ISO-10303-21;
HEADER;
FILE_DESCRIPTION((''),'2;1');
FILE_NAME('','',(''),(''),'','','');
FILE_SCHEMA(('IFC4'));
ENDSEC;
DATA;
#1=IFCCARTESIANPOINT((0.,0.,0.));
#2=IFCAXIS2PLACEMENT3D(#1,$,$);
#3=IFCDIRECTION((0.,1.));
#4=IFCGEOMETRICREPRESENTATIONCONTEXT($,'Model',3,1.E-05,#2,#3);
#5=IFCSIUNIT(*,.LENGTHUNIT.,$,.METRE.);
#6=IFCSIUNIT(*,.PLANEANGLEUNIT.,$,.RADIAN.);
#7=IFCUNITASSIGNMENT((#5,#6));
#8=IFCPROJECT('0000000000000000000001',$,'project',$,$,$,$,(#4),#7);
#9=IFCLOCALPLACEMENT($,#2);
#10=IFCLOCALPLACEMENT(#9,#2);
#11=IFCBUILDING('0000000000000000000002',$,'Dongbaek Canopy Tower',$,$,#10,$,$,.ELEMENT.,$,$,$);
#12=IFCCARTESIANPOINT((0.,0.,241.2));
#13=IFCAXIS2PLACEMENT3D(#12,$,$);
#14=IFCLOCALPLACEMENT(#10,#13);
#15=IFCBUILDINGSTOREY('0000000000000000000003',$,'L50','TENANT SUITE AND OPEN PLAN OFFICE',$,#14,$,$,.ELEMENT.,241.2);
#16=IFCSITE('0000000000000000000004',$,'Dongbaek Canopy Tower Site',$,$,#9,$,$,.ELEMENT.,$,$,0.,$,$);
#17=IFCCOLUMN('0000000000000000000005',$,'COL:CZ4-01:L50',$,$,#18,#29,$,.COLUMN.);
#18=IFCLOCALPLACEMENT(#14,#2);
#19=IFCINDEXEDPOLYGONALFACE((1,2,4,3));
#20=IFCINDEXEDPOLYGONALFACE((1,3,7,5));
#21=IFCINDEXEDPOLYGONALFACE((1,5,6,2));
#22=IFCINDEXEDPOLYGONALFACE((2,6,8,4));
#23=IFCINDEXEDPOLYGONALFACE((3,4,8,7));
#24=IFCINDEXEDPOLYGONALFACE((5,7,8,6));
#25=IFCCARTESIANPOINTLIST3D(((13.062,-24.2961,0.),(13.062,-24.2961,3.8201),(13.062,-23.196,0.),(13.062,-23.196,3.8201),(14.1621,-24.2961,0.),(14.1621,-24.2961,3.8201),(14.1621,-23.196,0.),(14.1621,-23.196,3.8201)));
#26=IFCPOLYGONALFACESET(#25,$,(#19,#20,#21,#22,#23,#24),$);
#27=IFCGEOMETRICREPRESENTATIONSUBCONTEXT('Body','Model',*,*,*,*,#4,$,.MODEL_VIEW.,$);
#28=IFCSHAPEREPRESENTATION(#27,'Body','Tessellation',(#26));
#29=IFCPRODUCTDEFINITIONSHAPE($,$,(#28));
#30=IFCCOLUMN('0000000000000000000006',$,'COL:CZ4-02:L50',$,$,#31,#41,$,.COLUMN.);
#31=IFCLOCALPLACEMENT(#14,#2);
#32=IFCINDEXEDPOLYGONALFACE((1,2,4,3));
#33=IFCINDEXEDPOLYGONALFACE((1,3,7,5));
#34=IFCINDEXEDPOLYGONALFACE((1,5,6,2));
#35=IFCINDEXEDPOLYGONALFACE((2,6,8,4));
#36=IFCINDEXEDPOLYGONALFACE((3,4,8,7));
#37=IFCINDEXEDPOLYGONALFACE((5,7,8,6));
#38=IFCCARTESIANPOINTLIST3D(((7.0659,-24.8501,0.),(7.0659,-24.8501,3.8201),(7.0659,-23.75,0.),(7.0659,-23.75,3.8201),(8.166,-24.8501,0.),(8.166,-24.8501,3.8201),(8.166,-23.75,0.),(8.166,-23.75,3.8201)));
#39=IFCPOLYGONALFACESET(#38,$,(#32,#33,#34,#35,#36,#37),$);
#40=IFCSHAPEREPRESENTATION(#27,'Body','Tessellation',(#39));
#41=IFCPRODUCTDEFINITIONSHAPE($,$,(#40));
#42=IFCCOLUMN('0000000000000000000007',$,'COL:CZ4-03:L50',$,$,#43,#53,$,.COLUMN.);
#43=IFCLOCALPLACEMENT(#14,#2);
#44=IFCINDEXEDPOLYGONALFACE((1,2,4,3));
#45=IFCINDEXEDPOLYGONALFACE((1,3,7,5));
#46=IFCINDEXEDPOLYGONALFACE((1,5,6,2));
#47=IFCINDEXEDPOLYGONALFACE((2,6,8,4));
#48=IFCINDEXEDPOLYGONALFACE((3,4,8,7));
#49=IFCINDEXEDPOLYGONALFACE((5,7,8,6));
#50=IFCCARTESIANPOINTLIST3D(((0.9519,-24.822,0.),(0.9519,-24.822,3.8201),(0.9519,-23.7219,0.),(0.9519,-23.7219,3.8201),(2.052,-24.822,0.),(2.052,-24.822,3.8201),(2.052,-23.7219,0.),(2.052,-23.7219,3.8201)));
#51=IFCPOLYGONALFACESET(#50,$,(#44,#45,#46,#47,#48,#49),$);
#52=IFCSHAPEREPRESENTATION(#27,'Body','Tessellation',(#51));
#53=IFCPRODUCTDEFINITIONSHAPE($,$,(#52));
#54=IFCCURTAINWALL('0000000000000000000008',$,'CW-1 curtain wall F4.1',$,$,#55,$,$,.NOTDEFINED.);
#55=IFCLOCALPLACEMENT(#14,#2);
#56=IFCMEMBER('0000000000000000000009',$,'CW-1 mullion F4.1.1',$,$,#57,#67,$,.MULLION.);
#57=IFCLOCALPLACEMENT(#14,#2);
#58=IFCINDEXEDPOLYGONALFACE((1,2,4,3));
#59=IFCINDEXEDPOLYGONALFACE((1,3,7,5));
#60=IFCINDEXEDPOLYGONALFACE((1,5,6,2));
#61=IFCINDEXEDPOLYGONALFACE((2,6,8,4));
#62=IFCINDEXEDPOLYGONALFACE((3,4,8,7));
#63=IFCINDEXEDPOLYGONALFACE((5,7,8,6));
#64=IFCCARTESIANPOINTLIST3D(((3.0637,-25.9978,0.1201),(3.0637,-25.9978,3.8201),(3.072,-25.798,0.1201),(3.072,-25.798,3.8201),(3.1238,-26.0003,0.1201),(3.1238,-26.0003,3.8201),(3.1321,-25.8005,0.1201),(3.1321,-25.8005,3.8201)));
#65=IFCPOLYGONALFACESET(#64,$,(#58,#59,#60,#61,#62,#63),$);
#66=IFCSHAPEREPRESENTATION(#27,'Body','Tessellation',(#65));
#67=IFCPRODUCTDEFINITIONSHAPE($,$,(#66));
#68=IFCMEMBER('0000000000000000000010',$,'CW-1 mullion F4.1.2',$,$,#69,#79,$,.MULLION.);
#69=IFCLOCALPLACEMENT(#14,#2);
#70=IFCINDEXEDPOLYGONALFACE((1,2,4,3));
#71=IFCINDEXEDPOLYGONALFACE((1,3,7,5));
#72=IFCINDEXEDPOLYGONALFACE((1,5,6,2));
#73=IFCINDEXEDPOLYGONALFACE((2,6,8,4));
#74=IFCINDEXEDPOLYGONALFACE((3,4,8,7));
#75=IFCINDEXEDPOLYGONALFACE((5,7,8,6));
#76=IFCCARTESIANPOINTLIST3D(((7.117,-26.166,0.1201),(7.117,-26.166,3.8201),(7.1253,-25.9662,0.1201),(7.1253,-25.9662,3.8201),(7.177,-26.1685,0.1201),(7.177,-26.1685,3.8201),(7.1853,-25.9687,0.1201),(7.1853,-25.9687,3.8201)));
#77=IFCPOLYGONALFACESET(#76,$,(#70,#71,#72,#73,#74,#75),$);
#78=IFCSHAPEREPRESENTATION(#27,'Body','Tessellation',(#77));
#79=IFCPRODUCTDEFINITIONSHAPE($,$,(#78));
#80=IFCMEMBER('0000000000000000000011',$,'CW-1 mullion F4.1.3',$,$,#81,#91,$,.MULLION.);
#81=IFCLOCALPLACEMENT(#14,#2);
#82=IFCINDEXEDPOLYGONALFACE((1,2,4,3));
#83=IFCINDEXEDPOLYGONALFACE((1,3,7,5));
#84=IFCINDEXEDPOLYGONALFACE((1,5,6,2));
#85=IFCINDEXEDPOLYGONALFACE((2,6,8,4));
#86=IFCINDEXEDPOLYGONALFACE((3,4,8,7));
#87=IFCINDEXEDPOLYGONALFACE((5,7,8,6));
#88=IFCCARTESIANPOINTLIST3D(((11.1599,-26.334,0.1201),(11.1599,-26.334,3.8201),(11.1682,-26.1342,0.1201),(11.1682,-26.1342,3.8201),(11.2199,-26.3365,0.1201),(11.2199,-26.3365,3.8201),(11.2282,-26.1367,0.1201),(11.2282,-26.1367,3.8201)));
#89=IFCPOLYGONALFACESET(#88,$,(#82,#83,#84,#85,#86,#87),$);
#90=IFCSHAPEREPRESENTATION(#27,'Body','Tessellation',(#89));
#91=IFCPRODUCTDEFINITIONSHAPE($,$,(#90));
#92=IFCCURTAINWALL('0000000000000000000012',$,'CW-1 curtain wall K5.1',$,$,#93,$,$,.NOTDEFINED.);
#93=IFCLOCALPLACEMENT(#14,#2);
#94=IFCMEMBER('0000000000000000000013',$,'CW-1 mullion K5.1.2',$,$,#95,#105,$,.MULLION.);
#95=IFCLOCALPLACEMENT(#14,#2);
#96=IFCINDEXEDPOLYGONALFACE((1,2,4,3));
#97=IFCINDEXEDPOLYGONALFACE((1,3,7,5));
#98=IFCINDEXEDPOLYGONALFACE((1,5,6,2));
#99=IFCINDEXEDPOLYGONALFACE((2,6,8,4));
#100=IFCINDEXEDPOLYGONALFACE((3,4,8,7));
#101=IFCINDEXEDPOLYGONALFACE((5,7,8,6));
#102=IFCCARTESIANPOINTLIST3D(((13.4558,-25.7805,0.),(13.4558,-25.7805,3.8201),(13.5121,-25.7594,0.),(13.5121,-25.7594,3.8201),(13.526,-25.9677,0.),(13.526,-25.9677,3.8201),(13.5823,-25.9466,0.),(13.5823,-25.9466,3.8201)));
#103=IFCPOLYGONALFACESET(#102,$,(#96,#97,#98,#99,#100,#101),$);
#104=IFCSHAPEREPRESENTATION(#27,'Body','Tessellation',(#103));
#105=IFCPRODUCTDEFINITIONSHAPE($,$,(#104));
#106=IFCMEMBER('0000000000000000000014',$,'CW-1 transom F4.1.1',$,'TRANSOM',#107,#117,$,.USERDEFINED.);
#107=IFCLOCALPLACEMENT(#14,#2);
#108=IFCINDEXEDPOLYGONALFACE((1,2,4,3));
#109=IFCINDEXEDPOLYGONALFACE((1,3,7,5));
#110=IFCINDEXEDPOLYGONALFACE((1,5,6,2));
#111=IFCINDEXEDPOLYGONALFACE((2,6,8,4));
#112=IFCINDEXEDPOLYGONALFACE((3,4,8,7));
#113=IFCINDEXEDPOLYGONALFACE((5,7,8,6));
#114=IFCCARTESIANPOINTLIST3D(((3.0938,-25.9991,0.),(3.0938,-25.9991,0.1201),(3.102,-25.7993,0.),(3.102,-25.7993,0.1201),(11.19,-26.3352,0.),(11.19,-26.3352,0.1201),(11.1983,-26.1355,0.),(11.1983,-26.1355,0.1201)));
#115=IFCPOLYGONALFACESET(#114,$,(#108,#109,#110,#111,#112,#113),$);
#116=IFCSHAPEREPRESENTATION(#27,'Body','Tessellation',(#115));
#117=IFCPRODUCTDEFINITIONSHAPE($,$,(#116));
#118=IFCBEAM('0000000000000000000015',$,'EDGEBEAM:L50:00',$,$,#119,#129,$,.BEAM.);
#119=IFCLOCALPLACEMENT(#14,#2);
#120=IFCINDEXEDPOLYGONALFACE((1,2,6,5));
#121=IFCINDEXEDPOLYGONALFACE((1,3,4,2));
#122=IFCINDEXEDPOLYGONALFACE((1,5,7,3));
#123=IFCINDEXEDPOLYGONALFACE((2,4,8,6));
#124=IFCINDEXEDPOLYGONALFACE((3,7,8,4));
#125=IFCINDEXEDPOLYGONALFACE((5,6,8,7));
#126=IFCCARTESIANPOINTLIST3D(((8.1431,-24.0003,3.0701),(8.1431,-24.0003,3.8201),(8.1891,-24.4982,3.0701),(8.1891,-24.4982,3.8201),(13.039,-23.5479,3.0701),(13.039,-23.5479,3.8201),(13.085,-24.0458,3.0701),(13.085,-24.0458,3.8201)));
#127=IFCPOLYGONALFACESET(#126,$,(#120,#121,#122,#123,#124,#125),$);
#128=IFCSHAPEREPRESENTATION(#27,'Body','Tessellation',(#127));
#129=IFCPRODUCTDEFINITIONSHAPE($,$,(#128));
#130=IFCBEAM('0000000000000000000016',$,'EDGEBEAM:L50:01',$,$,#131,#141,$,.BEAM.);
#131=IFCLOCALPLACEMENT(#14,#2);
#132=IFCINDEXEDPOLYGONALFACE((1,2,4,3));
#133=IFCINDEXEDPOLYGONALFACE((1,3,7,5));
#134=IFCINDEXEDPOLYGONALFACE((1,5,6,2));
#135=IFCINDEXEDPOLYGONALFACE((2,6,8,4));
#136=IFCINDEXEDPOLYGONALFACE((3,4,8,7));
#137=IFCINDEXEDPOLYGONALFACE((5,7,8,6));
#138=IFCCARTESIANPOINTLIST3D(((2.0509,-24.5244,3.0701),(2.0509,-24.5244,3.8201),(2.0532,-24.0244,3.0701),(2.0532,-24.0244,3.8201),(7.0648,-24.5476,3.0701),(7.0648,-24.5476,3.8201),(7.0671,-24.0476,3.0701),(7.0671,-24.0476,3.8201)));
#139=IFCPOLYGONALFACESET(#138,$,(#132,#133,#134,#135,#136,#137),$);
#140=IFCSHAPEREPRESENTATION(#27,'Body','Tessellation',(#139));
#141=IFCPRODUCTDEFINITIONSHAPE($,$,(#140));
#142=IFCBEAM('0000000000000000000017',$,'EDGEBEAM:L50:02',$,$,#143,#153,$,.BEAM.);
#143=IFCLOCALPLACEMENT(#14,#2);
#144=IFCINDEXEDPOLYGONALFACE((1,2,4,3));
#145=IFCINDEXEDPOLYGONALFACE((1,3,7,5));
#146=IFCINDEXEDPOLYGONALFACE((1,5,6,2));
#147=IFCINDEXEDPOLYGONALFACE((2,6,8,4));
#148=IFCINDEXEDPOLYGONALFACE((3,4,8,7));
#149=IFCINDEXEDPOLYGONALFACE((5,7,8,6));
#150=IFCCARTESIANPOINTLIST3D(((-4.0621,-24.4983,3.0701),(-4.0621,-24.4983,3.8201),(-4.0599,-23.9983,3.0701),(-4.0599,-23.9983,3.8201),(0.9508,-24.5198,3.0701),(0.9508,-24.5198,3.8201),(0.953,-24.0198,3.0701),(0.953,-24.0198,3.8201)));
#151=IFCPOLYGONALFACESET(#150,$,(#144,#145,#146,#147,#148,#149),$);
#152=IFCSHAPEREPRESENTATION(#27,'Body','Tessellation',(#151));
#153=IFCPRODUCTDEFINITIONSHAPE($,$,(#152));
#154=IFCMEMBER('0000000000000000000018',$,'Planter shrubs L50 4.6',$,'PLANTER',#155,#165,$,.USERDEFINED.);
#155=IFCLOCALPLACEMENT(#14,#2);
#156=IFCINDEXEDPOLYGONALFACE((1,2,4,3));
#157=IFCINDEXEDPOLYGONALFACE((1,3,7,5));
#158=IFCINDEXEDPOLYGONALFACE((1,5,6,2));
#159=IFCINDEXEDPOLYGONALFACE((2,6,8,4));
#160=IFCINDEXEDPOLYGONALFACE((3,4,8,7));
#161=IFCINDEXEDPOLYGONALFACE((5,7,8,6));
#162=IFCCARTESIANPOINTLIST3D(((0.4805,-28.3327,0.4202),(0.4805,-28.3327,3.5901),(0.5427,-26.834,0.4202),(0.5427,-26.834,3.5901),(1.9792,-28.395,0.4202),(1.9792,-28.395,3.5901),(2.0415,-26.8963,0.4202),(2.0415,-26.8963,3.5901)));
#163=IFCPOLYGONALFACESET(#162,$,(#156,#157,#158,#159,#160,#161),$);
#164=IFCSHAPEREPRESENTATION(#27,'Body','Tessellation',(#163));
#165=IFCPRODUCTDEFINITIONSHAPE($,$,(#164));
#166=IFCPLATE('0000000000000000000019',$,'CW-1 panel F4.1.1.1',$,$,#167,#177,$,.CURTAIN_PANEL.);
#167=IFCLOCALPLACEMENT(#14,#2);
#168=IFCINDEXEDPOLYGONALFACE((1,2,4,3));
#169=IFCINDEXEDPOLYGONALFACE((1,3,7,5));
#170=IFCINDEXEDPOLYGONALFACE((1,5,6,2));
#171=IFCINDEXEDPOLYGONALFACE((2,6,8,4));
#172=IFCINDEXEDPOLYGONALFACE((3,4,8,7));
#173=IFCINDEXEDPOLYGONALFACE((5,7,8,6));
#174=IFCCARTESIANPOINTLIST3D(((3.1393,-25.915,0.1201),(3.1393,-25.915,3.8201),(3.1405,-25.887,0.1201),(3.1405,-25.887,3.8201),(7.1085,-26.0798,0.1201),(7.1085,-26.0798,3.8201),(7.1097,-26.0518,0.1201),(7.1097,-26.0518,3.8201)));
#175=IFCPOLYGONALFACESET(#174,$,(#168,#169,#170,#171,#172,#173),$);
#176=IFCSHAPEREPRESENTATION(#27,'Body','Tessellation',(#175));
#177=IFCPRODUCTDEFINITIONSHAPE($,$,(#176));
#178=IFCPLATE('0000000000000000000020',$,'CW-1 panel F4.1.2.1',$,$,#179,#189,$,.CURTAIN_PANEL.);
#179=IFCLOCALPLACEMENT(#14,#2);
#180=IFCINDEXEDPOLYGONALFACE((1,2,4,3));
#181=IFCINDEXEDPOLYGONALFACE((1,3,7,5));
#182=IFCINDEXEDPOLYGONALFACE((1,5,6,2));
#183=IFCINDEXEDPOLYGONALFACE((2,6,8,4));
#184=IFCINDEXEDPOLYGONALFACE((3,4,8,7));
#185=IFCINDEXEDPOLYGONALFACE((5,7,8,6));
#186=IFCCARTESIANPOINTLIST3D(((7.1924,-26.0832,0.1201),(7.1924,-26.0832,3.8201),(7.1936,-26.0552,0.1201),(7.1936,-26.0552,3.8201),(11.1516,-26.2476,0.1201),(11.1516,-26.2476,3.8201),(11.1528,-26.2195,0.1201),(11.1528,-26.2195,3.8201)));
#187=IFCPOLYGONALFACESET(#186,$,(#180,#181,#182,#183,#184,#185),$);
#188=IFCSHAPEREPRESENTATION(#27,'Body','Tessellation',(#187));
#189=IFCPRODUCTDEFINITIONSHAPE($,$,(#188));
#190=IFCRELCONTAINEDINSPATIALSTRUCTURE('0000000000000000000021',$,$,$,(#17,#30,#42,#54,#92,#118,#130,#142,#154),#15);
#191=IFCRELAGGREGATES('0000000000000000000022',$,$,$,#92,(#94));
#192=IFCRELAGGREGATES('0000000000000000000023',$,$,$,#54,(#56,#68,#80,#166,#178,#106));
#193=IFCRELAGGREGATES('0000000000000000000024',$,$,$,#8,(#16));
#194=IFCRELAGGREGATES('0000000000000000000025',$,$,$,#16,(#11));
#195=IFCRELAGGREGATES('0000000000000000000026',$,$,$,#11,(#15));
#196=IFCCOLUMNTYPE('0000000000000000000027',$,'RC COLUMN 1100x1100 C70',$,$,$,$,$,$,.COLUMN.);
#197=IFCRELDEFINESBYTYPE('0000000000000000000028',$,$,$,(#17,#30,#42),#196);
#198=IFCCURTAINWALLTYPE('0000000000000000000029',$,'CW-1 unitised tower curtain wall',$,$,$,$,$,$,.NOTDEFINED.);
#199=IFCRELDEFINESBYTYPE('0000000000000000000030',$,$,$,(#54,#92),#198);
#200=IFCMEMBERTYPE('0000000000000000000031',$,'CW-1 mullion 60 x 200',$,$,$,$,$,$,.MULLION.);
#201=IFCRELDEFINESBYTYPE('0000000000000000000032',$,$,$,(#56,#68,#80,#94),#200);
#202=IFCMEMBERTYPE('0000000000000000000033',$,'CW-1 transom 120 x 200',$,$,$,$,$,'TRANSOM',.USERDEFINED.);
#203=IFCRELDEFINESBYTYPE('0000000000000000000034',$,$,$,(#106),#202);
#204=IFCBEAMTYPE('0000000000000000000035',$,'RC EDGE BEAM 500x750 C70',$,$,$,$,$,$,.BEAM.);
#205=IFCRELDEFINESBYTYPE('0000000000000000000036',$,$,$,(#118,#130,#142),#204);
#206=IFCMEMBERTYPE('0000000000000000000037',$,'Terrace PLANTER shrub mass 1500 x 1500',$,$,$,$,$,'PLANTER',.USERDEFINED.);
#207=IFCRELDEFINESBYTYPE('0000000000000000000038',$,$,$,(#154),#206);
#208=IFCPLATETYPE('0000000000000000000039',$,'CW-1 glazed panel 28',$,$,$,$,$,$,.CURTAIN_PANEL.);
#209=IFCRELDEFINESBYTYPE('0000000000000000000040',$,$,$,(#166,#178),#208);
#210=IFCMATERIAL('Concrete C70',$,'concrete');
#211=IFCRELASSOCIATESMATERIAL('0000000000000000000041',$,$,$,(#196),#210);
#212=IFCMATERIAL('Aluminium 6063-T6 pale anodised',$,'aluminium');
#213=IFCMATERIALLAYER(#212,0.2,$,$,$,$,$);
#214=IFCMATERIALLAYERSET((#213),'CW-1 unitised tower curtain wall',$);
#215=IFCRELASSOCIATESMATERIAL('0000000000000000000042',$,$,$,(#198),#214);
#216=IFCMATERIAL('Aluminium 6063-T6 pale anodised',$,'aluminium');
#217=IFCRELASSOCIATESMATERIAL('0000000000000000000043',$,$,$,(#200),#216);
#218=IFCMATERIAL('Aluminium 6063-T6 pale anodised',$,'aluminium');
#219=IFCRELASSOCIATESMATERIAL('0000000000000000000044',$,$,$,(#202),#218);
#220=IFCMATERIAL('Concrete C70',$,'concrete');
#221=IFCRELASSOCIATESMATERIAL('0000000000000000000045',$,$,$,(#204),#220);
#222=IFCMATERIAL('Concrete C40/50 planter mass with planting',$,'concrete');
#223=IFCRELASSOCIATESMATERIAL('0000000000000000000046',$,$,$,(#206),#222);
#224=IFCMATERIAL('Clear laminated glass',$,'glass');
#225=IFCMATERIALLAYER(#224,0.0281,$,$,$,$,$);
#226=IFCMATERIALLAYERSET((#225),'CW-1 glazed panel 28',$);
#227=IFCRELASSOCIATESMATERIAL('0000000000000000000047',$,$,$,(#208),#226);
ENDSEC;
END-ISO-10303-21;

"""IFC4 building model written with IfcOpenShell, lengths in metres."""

from ifc_helpers import new_model, si_unit, direction, frame, origin, origin_2d, place, context, subcontext, project, spatial, rectangle, extrude, material, layer, layer_set, material_profile, profile_set, type_object, element, aggregate, save


model = new_model("IFC4")

# Units and contexts
model_context = context("Model", 3, precision=1e-05, world=origin(), true_north=direction((0.0, 1.0)))
body_context = subcontext(model_context, "Body", "Model", "MODEL_VIEW")
ifc_project = project(units=[si_unit("LENGTHUNIT", "METRE"), si_unit("PLANEANGLEUNIT", "RADIAN")], contexts=[model_context])

# Site, building, storey
site_placement = place(None, origin())
site = spatial("IfcSite", under=ifc_project, at=site_placement, Name="Dongbaek Canopy Tower Site", CompositionType="ELEMENT", RefElevation=0.0)
building_placement = place(site_placement, origin())
building = spatial("IfcBuilding", under=site, at=building_placement, Name="Dongbaek Canopy Tower", CompositionType="ELEMENT")
storey_placement = place(building_placement, frame((0.0, 0.0, 241.2)))
storey = spatial("IfcBuildingStorey", under=building, at=storey_placement, Name="L50", Description="TENANT SUITE AND OPEN PLAN OFFICE", CompositionType="ELEMENT", Elevation=241.2)

# Columns
ifc_material_1 = material(Name="Concrete C70", Category="concrete")
ifc_material_profile_1 = material_profile(ifc_material_1, rectangle(XDim=1.1001, YDim=1.1001, at=origin_2d()), Name="RC COLUMN 1100x1100 C70")
ifc_profile_set_1 = profile_set([ifc_material_profile_1], Name="Concrete C70")
column_type = type_object("IfcColumnType", Name="RC COLUMN 1100x1100 C70", PredefinedType="COLUMN", material=ifc_profile_set_1)
for number, where, z_axis, x_axis, name in (
    (1, (13.6121, -23.7461, 0.0), (0.0, 0.0, 1.0), (1.0, 0.0, 0.0), "COL:CZ4-01:L50"),
    (2, (7.616, -24.3, 0.0), (0.0, 0.0, 1.0), (1.0, 0.0, 0.0), "COL:CZ4-02:L50"),
    (3, (1.502, -24.272, 0.0), (0.0, 0.0, 1.0), (1.0, 0.0, 0.0), "COL:CZ4-03:L50"),
):
    element("IfcColumn", number, at=place(storey_placement, frame(where, z_axis=z_axis, x_axis=x_axis)), inside=storey, type_object=column_type, Name=name, PredefinedType="COLUMN", context=body_context, shape_type="SweptSolid", body=[
        extrude(rectangle(XDim=1.1001, YDim=1.1001, at=origin_2d()), origin(), (0.0, 0.0, 1.0), 3.8201),
    ])

# Curtain wall, members
ifc_material_2 = material(Name="Aluminium 6063-T6 pale anodised", Category="aluminium")
ifc_layer_1 = layer(ifc_material_2, 0.2)
ifc_layer_set_1 = layer_set([ifc_layer_1], Name="CW-1 unitised tower curtain wall")
curtain_wall_type = type_object("IfcCurtainWallType", Name="CW-1 unitised tower curtain wall", PredefinedType="NOTDEFINED", material=ifc_layer_set_1)
curtain_wall_1_placement = place(storey_placement, origin())
curtain_wall_1 = element("IfcCurtainWall", 4, at=curtain_wall_1_placement, inside=storey, type_object=curtain_wall_type, Name="CW-1 curtain wall F4.1", PredefinedType="NOTDEFINED")
ifc_material_3 = material(Name="Aluminium 6063-T6 pale anodised", Category="aluminium")
ifc_material_profile_2 = material_profile(ifc_material_3, rectangle(XDim=0.2, YDim=0.0601, at=origin_2d()), Name="CW-1 mullion 60 x 200")
ifc_profile_set_2 = profile_set([ifc_material_profile_2], Name="Aluminium 6063-T6 pale anodised")
member_type_1 = type_object("IfcMemberType", Name="CW-1 mullion 60 x 200", PredefinedType="MULLION", material=ifc_profile_set_2)
member_1_placement = place(storey_placement, frame((3.0979, -25.8992, 0.1201), z_axis=(0.0, 0.0, 1.0), x_axis=(-0.041481, -0.999139, 0.0)))
member_1 = element("IfcMember", 5, at=member_1_placement, type_object=member_type_1, Name="CW-1 mullion F4.1.1", PredefinedType="MULLION", context=body_context, shape_type="SweptSolid", body=[
    extrude(rectangle(XDim=0.2, YDim=0.0601, at=origin_2d()), origin(), (0.0, 0.0, 1.0), 3.7),
])
member_2_placement = place(storey_placement, frame((7.1511, -26.0674, 0.1201), z_axis=(0.0, 0.0, 1.0), x_axis=(-0.041481, -0.999139, 0.0)))
member_2 = element("IfcMember", 6, at=member_2_placement, type_object=member_type_1, Name="CW-1 mullion F4.1.2", PredefinedType="MULLION", context=body_context, shape_type="SweptSolid", body=[
    extrude(rectangle(XDim=0.2, YDim=0.0601, at=origin_2d()), origin(), (0.0, 0.0, 1.0), 3.7),
])
member_3_placement = place(storey_placement, frame((11.1941, -26.2354, 0.1201), z_axis=(0.0, 0.0, 1.0), x_axis=(-0.041481, -0.999139, 0.0)))
member_3 = element("IfcMember", 7, at=member_3_placement, type_object=member_type_1, Name="CW-1 mullion F4.1.3", PredefinedType="MULLION", context=body_context, shape_type="SweptSolid", body=[
    extrude(rectangle(XDim=0.2, YDim=0.0601, at=origin_2d()), origin(), (0.0, 0.0, 1.0), 3.7),
])

# Curtain wall, member
curtain_wall_2_placement = place(storey_placement, origin())
curtain_wall_2 = element("IfcCurtainWall", 8, at=curtain_wall_2_placement, inside=storey, type_object=curtain_wall_type, Name="CW-1 curtain wall K5.1", PredefinedType="NOTDEFINED")
member_4_placement = place(storey_placement, frame((13.519, -25.8635, 0.0), z_axis=(0.0, 0.0, 1.0), x_axis=(0.351017, -0.936369, 0.0)))
member_4 = element("IfcMember", 9, at=member_4_placement, type_object=member_type_1, Name="CW-1 mullion K5.1.2", PredefinedType="MULLION", context=body_context, shape_type="SweptSolid", body=[
    extrude(rectangle(XDim=0.2, YDim=0.0601, at=origin_2d()), origin(), (0.0, 0.0, 1.0), 3.8201),
])

# Member
ifc_material_4 = material(Name="Aluminium 6063-T6 pale anodised", Category="aluminium")
ifc_material_profile_3 = material_profile(ifc_material_4, rectangle(XDim=0.2, YDim=0.1201, at=origin_2d()), Name="CW-1 transom 120 x 200")
ifc_profile_set_3 = profile_set([ifc_material_profile_3], Name="Aluminium 6063-T6 pale anodised")
member_type_2 = type_object("IfcMemberType", Name="CW-1 transom 120 x 200", ElementType="TRANSOM", PredefinedType="USERDEFINED", material=ifc_profile_set_3)
member_5_placement = place(storey_placement, frame((3.0979, -25.8992, 0.0601), z_axis=(0.999139, -0.041488, 0.0), x_axis=(0.041488, 0.999139, 0.0)))
member_5 = element("IfcMember", 10, at=member_5_placement, type_object=member_type_2, Name="CW-1 transom F4.1.1", ObjectType="TRANSOM", PredefinedType="USERDEFINED", context=body_context, shape_type="SweptSolid", body=[
    extrude(rectangle(XDim=0.2, YDim=0.1201, at=origin_2d()), origin(), (0.0, 0.0, 1.0), 8.1033),
])

# Beams
ifc_material_5 = material(Name="Concrete C70", Category="concrete")
ifc_material_profile_4 = material_profile(ifc_material_5, rectangle(XDim=0.5, YDim=0.75, at=origin_2d()), Name="RC EDGE BEAM 500x750 C70")
ifc_profile_set_4 = profile_set([ifc_material_profile_4], Name="Concrete C70")
beam_type = type_object("IfcBeamType", Name="RC EDGE BEAM 500x750 C70", PredefinedType="BEAM", material=ifc_profile_set_4)
beam_1_placement = place(storey_placement, frame((13.062, -23.7969, 3.4451), z_axis=(-0.995758, -0.092009, 0.0), x_axis=(0.092009, -0.995758, 0.0)))
element("IfcBeam", 11, at=beam_1_placement, inside=storey, type_object=beam_type, Name="EDGEBEAM:L50:00", PredefinedType="BEAM", context=body_context, shape_type="SweptSolid", body=[
    extrude(rectangle(XDim=0.5, YDim=0.75, at=origin_2d()), origin(), (0.0, 0.0, 1.0), 4.9167),
])
beam_2_placement = place(storey_placement, frame((7.0659, -24.2976, 3.4451), z_axis=(-0.999989, 0.004626, 0.0), x_axis=(-0.004626, -0.999989, 0.0)))
element("IfcBeam", 12, at=beam_2_placement, inside=storey, type_object=beam_type, Name="EDGEBEAM:L50:01", PredefinedType="BEAM", context=body_context, shape_type="SweptSolid", body=[
    extrude(rectangle(XDim=0.5, YDim=0.75, at=origin_2d()), origin(), (0.0, 0.0, 1.0), 5.0139),
])
beam_3_placement = place(storey_placement, frame((0.9519, -24.2698, 3.4451), z_axis=(-0.999991, 0.004286, 0.0), x_axis=(-0.004286, -0.999991, 0.0)))
element("IfcBeam", 13, at=beam_3_placement, inside=storey, type_object=beam_type, Name="EDGEBEAM:L50:02", PredefinedType="BEAM", context=body_context, shape_type="SweptSolid", body=[
    extrude(rectangle(XDim=0.5, YDim=0.75, at=origin_2d()), origin(), (0.0, 0.0, 1.0), 5.0129),
])

# Member
ifc_material_6 = material(Name="Concrete C40/50 planter mass with planting", Category="concrete")
ifc_material_profile_5 = material_profile(ifc_material_6, rectangle(XDim=1.5, YDim=1.5, at=origin_2d()), Name="Terrace PLANTER shrub mass 1500 x 1500")
ifc_profile_set_5 = profile_set([ifc_material_profile_5], Name="Concrete C40/50 planter mass with planting")
member_type_3 = type_object("IfcMemberType", Name="Terrace PLANTER shrub mass 1500 x 1500", ElementType="PLANTER", PredefinedType="USERDEFINED", material=ifc_profile_set_5)
member_6_placement = place(storey_placement, frame((1.261, -27.6145, 0.4202), z_axis=(0.0, 0.0, 1.0), x_axis=(-0.041481, -0.999139, 0.0)))
element("IfcMember", 14, at=member_6_placement, inside=storey, type_object=member_type_3, Name="Planter shrubs L50 4.6", ObjectType="PLANTER", PredefinedType="USERDEFINED", context=body_context, shape_type="SweptSolid", body=[
    extrude(rectangle(XDim=1.5, YDim=1.5, at=origin_2d()), origin(), (0.0, 0.0, 1.0), 3.1699),
])

# Plates
ifc_material_7 = material(Name="Clear laminated glass", Category="glass")
ifc_layer_2 = layer(ifc_material_7, 0.0281)
ifc_layer_set_2 = layer_set([ifc_layer_2], Name="CW-1 glazed panel 28")
plate_type = type_object("IfcPlateType", Name="CW-1 glazed panel 28", PredefinedType="CURTAIN_PANEL", material=ifc_layer_set_2)
plate_1_placement = place(storey_placement, frame((5.1245, -25.9834, 0.1201), z_axis=(0.0, 0.0, 1.0), x_axis=(0.999139, -0.041481, 0.0)))
plate_1 = element("IfcPlate", 15, at=plate_1_placement, type_object=plate_type, Name="CW-1 panel F4.1.1.1", PredefinedType="CURTAIN_PANEL", context=body_context, shape_type="SweptSolid", body=[
    extrude(rectangle(XDim=3.9727, YDim=0.0281, at=origin_2d()), origin(), (0.0, 0.0, 1.0), 3.7),
])
plate_2_placement = place(storey_placement, frame((9.1726, -26.1514, 0.1201), z_axis=(0.0, 0.0, 1.0), x_axis=(0.999139, -0.041481, 0.0)))
plate_2 = element("IfcPlate", 16, at=plate_2_placement, type_object=plate_type, Name="CW-1 panel F4.1.2.1", PredefinedType="CURTAIN_PANEL", context=body_context, shape_type="SweptSolid", body=[
    extrude(rectangle(XDim=3.9626, YDim=0.0281, at=origin_2d()), origin(), (0.0, 0.0, 1.0), 3.7),
])
aggregate(curtain_wall_2, [member_4])

aggregate(curtain_wall_1, [member_1, member_2, member_3, plate_1, plate_2, member_5])

save(model, "model.ifc")
